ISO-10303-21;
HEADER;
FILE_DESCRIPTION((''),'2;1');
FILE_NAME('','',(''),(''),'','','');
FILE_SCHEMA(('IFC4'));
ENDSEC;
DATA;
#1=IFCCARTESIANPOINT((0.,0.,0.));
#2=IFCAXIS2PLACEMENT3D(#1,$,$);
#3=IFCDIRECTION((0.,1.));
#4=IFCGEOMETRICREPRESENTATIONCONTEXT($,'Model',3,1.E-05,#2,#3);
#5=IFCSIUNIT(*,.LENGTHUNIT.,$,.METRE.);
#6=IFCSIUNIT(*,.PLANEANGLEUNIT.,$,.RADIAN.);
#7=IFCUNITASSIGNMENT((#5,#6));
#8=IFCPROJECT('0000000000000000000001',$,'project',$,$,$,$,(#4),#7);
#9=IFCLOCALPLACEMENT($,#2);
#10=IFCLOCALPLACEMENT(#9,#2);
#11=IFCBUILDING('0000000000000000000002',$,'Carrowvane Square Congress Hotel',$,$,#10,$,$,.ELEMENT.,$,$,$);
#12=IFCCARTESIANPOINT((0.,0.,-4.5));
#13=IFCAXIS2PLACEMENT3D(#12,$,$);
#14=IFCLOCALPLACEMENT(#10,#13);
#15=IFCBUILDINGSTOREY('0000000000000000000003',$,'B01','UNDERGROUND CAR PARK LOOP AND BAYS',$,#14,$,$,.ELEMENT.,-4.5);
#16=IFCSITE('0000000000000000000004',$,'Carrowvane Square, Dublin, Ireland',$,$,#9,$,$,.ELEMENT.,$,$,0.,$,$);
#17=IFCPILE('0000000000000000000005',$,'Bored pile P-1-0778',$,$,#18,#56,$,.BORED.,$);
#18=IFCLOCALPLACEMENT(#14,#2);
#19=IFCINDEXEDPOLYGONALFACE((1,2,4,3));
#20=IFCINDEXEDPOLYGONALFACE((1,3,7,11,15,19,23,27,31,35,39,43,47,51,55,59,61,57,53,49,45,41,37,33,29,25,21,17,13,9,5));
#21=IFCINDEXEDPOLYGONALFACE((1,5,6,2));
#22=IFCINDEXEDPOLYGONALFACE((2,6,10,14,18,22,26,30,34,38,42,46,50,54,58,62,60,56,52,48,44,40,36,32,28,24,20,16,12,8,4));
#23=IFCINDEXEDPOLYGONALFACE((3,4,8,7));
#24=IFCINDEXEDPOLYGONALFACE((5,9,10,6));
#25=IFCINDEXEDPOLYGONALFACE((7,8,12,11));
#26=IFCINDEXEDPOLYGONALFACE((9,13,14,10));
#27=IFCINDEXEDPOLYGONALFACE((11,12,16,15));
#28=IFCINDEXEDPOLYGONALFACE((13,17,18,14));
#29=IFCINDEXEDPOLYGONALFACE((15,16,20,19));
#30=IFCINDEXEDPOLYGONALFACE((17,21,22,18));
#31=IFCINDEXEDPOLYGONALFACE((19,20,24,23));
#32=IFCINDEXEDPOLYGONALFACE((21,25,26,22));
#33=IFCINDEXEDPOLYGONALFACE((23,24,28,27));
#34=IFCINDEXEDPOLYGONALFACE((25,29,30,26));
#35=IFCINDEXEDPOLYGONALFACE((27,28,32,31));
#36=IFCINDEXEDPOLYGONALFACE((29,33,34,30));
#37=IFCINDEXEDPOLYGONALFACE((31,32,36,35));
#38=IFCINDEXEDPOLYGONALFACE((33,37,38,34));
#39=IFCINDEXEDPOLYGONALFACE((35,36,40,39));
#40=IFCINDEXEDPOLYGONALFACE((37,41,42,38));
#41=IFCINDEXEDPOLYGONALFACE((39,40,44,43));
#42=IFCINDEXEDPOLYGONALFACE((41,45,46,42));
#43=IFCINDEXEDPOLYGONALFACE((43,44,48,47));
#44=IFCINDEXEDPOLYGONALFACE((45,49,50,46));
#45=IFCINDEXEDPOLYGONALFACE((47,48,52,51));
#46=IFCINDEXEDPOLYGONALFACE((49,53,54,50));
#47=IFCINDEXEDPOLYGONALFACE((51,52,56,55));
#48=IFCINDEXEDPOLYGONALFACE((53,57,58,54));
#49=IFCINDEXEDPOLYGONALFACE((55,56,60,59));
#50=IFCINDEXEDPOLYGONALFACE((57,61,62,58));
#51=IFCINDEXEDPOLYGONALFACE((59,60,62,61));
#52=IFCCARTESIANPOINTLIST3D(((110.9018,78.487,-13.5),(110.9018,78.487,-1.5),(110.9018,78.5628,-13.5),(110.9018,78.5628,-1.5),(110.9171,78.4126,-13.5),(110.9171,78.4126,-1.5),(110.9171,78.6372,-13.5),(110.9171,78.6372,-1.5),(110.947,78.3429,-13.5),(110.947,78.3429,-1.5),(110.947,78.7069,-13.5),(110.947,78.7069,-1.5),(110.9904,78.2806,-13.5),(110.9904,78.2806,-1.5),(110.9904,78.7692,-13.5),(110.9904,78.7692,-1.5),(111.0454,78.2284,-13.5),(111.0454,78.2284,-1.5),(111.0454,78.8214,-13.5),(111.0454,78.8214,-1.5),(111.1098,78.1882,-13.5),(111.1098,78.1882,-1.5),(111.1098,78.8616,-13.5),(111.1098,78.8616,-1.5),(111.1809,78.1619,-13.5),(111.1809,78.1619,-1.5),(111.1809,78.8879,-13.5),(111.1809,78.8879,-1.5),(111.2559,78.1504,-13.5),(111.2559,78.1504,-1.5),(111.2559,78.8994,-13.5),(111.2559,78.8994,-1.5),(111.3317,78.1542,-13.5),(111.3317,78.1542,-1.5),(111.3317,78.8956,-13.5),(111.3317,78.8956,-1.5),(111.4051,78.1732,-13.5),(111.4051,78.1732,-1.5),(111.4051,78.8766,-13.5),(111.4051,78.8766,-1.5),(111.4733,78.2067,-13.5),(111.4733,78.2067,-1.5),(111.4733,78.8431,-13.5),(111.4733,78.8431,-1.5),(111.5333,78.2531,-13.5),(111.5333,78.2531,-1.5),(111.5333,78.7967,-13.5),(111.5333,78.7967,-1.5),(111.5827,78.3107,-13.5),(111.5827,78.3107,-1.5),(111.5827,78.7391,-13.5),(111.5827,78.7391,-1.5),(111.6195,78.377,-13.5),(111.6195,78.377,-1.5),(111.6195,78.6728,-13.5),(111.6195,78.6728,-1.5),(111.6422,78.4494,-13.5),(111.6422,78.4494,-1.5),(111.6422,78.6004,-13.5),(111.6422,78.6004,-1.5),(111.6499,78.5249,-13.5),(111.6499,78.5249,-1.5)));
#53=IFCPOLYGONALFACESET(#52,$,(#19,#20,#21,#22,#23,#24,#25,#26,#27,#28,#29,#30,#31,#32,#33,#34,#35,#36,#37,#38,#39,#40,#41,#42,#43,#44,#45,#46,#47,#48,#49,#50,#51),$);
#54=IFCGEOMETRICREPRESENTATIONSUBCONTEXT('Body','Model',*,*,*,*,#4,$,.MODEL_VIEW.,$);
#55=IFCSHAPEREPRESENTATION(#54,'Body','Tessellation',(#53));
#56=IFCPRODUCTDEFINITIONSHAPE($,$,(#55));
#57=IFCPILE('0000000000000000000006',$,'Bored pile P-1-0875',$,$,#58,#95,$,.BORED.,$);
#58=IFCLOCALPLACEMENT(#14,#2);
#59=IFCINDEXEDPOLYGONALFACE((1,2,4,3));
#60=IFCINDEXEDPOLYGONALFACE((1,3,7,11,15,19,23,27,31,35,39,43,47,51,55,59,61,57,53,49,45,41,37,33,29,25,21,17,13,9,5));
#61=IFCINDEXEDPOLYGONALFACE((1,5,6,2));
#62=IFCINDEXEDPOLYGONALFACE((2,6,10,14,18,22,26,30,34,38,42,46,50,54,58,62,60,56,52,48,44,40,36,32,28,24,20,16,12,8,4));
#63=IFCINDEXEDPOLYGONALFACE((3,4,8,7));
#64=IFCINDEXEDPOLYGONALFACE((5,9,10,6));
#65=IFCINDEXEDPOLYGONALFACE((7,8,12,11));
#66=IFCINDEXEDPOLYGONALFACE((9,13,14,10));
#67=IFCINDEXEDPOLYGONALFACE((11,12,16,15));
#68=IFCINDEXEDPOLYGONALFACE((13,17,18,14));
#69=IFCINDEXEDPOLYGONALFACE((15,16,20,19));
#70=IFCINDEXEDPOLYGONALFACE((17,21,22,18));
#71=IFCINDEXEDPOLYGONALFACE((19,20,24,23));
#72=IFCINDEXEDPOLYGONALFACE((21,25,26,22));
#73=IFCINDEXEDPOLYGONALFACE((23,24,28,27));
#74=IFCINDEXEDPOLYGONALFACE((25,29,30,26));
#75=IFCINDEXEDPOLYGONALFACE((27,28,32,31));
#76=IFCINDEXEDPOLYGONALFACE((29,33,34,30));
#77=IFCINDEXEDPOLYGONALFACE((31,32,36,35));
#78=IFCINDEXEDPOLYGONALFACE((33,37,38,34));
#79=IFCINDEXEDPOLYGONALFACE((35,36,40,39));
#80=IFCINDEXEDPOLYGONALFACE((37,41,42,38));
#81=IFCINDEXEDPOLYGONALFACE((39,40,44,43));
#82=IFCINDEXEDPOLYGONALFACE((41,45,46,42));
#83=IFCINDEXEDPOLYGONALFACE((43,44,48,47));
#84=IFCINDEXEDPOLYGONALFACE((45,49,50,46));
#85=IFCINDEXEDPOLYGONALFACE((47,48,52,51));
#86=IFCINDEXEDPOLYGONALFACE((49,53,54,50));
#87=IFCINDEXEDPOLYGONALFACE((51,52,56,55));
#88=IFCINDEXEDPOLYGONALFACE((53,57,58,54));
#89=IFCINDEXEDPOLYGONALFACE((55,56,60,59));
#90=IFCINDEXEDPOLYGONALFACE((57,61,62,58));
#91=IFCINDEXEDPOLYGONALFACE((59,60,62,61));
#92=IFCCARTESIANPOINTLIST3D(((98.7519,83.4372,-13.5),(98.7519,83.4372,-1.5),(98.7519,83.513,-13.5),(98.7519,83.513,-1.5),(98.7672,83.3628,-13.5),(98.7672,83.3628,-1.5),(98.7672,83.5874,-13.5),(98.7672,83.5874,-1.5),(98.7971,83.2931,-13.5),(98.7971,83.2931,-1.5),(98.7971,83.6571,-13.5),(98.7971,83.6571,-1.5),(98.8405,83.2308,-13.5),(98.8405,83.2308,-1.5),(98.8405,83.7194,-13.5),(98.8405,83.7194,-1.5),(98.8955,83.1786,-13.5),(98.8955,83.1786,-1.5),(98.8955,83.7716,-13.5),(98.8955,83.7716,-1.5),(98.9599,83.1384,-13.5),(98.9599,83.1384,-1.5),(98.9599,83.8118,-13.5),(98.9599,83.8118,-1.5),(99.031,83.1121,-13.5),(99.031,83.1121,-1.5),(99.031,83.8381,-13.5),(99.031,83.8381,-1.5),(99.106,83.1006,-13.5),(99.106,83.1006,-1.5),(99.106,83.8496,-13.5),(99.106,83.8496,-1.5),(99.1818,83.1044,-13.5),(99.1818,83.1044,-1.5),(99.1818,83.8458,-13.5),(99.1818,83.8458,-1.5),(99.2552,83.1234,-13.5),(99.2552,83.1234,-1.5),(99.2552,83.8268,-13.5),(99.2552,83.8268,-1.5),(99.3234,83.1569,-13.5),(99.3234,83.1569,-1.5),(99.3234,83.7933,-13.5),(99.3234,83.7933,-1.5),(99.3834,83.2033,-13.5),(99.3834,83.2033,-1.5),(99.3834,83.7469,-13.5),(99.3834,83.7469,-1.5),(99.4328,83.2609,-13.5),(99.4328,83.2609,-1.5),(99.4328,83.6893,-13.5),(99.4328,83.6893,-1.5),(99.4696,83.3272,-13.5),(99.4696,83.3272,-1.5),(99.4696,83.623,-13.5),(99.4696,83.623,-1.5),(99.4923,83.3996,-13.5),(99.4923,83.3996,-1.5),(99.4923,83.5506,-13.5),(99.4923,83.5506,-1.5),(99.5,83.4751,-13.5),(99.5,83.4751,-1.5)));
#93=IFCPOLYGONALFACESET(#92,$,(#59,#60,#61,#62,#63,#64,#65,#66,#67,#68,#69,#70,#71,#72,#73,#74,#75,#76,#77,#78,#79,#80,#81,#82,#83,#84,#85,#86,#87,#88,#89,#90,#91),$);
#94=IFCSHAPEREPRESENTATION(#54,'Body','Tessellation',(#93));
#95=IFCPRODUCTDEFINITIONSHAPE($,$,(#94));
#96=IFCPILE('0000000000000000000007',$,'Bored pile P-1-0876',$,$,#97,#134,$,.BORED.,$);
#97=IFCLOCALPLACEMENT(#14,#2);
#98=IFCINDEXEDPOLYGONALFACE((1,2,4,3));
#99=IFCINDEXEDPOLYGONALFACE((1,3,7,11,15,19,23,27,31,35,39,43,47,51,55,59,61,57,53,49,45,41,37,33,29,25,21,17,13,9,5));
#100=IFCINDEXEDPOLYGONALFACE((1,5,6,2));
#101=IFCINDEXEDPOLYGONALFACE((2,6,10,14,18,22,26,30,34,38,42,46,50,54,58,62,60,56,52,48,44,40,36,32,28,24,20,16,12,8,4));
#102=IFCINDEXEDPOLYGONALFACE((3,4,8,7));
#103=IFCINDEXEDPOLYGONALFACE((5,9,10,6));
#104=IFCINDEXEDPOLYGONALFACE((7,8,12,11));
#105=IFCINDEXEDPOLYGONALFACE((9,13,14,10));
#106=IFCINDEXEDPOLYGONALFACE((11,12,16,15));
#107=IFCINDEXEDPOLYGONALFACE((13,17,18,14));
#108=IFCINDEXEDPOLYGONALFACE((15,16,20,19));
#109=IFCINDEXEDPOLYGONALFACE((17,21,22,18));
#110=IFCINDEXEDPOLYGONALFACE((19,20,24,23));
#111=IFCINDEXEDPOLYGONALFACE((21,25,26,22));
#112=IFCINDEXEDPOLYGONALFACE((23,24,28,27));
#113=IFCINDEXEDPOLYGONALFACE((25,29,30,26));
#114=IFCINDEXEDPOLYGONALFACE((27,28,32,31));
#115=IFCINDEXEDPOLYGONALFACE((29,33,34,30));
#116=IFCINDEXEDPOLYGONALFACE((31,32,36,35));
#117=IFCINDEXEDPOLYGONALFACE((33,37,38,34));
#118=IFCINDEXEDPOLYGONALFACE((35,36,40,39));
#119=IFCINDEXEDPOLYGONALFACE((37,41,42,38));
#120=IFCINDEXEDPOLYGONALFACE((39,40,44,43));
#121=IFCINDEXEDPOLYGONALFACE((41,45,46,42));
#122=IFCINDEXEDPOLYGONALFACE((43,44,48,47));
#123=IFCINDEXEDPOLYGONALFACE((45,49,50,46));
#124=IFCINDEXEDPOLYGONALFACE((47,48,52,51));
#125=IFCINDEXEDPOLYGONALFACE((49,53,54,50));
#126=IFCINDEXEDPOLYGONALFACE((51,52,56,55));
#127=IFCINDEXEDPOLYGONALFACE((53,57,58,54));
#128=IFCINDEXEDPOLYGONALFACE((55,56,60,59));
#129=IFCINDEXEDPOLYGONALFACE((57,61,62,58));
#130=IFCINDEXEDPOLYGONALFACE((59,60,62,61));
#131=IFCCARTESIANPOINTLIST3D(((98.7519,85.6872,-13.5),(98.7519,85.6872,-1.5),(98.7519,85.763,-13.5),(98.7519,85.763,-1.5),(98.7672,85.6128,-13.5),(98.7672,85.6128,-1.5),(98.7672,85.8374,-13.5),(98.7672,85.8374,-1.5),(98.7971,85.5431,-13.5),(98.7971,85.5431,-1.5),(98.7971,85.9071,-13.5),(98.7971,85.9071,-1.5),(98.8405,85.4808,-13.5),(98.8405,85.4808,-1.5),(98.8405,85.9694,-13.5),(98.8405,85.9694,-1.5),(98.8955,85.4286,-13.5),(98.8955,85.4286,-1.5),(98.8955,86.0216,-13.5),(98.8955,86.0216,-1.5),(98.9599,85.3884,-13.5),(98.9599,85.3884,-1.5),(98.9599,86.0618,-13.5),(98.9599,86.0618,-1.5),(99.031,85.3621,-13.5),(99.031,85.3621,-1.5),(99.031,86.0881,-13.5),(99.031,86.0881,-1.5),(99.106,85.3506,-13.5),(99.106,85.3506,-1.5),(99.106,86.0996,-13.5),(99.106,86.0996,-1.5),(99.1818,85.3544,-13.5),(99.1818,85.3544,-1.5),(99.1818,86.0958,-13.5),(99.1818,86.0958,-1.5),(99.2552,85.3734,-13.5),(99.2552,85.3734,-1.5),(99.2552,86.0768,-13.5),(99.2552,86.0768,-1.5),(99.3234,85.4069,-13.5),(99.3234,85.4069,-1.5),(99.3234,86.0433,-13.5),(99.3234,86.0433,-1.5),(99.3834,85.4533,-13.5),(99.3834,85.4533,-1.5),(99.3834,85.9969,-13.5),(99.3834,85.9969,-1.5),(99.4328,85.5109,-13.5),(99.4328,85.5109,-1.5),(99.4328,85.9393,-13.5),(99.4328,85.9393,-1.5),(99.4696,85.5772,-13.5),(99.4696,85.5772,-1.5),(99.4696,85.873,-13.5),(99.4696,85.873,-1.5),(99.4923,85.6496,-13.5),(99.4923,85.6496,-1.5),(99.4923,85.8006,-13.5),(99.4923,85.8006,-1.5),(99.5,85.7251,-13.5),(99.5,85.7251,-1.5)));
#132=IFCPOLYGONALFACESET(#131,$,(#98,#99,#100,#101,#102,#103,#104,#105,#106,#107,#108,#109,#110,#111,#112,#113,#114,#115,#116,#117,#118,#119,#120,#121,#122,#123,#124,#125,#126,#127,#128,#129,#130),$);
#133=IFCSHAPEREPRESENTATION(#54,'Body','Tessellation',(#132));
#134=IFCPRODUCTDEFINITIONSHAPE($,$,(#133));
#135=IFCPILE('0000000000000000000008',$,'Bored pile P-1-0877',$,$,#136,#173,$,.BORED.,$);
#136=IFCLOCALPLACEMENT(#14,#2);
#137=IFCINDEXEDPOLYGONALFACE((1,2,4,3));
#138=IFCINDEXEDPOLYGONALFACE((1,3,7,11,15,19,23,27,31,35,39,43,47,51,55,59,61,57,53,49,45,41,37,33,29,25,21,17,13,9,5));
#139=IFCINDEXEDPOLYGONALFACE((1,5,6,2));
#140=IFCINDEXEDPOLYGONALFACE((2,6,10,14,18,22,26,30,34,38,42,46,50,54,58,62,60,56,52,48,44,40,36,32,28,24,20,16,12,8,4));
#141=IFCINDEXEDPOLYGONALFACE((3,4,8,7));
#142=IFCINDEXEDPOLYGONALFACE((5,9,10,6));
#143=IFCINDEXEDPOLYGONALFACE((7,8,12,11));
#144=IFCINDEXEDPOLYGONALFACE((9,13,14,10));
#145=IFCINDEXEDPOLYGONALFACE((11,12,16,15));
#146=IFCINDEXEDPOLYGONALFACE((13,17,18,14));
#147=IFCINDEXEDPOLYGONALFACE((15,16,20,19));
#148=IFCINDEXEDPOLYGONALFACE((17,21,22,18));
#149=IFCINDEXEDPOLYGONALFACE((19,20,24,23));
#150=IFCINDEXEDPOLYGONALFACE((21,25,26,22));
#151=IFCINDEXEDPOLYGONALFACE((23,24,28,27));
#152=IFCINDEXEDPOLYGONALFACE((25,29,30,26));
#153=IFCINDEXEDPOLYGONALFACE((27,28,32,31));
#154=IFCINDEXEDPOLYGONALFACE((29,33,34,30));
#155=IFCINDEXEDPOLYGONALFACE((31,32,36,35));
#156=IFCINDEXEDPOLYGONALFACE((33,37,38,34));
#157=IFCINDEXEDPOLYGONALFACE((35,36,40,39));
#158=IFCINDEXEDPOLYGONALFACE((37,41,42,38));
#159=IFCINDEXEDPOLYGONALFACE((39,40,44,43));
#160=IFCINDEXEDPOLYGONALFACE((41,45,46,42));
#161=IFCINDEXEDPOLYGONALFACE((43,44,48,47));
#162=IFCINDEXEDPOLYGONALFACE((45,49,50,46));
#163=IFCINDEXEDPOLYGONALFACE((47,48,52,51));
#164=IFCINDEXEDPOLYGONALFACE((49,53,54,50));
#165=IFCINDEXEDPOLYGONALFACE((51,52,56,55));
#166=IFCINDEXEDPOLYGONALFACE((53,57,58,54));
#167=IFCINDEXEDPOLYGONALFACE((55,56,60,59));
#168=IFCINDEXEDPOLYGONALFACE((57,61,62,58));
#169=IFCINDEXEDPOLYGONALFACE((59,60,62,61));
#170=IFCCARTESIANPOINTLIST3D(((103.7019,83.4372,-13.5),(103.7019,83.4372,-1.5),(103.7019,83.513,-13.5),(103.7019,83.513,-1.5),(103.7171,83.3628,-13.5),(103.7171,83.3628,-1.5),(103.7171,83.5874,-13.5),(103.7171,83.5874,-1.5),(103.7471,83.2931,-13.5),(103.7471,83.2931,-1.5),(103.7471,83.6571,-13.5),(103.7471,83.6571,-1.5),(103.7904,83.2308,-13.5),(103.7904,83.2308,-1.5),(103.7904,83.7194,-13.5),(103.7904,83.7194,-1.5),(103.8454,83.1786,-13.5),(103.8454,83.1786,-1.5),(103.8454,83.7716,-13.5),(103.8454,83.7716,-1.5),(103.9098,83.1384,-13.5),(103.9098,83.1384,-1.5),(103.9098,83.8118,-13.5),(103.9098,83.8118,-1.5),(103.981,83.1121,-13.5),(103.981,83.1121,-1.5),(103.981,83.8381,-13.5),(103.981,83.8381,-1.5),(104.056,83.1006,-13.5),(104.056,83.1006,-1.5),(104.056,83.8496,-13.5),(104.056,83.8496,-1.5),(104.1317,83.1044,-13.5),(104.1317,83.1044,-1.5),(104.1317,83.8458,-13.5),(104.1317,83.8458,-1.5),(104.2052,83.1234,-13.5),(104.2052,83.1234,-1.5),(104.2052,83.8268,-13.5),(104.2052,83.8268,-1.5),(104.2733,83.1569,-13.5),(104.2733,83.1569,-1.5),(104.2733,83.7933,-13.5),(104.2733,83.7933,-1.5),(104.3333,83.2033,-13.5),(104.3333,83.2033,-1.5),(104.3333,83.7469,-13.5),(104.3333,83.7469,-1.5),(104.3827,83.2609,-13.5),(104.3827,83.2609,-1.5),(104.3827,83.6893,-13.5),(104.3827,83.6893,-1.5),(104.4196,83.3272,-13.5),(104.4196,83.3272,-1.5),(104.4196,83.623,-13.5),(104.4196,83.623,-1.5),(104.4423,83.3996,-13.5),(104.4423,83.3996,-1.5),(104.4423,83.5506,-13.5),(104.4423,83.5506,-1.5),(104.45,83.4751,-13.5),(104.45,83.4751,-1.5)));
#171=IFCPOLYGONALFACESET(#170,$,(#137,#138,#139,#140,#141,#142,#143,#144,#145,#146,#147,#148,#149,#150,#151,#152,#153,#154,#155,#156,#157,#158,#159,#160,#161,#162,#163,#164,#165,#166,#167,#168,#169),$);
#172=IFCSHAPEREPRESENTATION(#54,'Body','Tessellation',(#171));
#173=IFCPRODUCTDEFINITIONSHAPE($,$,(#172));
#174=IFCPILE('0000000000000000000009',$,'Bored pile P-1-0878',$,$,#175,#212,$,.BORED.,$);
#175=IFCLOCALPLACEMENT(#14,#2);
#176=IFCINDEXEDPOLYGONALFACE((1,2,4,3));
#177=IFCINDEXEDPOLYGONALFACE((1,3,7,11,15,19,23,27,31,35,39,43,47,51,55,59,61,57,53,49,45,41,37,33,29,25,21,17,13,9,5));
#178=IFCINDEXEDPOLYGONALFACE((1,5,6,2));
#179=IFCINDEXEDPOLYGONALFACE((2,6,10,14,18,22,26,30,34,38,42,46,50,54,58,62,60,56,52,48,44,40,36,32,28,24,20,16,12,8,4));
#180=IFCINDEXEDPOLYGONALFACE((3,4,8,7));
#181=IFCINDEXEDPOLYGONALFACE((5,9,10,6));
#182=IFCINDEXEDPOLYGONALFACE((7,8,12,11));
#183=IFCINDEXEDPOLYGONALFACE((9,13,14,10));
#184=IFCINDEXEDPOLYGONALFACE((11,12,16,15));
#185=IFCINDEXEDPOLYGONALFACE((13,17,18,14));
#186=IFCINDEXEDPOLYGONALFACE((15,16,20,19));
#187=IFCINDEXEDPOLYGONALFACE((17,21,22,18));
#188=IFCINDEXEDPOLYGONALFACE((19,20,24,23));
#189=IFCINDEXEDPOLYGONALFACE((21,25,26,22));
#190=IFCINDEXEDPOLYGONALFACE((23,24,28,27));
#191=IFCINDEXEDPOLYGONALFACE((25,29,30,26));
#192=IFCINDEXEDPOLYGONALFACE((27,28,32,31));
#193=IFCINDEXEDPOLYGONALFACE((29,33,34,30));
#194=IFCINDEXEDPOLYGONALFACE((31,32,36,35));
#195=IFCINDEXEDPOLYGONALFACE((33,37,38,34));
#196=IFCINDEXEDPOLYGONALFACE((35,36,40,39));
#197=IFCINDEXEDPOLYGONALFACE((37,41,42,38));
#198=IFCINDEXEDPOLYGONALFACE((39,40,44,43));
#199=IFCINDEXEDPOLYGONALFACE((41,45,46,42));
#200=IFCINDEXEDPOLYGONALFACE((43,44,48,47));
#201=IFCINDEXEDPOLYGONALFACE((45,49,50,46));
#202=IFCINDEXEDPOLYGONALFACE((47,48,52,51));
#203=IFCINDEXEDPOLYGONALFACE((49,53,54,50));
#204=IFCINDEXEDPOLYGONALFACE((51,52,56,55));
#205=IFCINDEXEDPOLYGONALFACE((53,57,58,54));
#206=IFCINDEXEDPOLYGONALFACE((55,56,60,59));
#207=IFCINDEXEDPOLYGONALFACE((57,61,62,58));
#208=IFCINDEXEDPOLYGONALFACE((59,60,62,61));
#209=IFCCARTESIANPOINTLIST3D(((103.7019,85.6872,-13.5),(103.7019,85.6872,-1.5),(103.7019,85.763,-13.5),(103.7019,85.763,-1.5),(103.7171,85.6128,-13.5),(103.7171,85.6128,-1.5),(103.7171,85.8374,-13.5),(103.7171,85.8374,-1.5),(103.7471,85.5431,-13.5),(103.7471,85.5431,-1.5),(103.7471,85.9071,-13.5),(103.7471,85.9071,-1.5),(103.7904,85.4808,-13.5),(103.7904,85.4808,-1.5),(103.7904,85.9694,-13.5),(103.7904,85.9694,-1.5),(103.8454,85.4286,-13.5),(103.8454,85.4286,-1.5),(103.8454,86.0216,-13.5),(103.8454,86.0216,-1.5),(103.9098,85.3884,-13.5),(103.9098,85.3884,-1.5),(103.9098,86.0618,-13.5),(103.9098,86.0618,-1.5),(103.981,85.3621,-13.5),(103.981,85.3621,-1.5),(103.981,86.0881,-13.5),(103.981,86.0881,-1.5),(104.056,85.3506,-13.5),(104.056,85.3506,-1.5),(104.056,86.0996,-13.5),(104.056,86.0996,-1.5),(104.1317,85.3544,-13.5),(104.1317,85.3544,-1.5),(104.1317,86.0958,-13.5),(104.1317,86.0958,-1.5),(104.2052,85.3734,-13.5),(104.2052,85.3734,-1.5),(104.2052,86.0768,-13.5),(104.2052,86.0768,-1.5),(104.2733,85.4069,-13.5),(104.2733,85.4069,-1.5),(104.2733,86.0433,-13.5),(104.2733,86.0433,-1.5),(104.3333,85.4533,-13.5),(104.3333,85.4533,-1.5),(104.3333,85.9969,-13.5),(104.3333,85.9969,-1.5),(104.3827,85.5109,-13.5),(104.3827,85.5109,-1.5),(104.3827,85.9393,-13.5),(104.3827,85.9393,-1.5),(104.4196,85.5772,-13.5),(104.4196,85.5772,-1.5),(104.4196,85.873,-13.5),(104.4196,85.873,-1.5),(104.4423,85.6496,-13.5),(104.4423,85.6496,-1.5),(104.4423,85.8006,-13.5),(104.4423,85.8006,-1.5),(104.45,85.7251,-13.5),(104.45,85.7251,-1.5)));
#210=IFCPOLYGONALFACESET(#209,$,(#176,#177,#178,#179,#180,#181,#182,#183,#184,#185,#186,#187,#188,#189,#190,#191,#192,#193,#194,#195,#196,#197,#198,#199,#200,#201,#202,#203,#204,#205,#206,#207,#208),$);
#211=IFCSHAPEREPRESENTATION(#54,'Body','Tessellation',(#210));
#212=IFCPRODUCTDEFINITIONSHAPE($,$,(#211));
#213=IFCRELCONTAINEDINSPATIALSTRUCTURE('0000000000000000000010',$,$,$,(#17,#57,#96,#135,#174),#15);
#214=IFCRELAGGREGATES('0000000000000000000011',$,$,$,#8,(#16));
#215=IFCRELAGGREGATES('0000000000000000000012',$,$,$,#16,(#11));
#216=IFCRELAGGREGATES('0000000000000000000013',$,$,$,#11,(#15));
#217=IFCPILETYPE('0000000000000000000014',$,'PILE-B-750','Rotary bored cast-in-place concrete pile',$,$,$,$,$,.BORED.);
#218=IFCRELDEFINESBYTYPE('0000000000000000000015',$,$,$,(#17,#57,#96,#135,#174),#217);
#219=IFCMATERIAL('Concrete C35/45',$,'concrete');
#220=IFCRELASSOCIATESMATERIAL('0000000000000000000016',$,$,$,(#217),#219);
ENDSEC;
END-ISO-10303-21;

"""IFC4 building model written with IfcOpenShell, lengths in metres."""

from ifc_helpers import new_model, si_unit, direction, frame, origin, origin_2d, place, context, subcontext, project, spatial, circle, extrude, material, material_profile, profile_set, type_object, element, save


model = new_model("IFC4")

# Units and contexts
model_context = context("Model", 3, precision=1e-05, world=origin(), true_north=direction((0.0, 1.0)))
body_context = subcontext(model_context, "Body", "Model", "MODEL_VIEW")
ifc_project = project(units=[si_unit("LENGTHUNIT", "METRE"), si_unit("PLANEANGLEUNIT", "RADIAN")], contexts=[model_context])

# Site, building, storey
site_placement = place(None, origin())
site = spatial("IfcSite", under=ifc_project, at=site_placement, Name="Carrowvane Square, Dublin, Ireland", CompositionType="ELEMENT", RefElevation=0.0)
building_placement = place(site_placement, origin())
building = spatial("IfcBuilding", under=site, at=building_placement, Name="Carrowvane Square Congress Hotel", CompositionType="ELEMENT")
storey_placement = place(building_placement, frame((0.0, 0.0, -4.5)))
storey = spatial("IfcBuildingStorey", under=building, at=storey_placement, Name="B01", Description="UNDERGROUND CAR PARK LOOP AND BAYS", CompositionType="ELEMENT", Elevation=-4.5)

# Piles
ifc_material_1 = material(Name="Concrete C35/45", Category="concrete")
ifc_material_profile_1 = material_profile(ifc_material_1, circle(Radius=0.375, at=origin_2d()), Name="PILE D750")
ifc_profile_set_1 = profile_set([ifc_material_profile_1], Name="Concrete C35/45")
pile_type_1 = type_object("IfcPileType", Name="PILE-B-750", Description="Rotary bored cast-in-place concrete pile", PredefinedType="BORED", material=ifc_profile_set_1)
for number, where, z_axis, x_axis, name in (
    (1, (111.2749, 78.5249, -1.5), (0.0, 0.0, -1.0), (1.0, 0.0, 0.0), "Bored pile P-1-0778"),
    (2, (99.125, 83.4751, -1.5), (0.0, 0.0, -1.0), (1.0, 0.0, 0.0), "Bored pile P-1-0875"),
    (3, (99.125, 85.7251, -1.5), (0.0, 0.0, -1.0), (1.0, 0.0, 0.0), "Bored pile P-1-0876"),
    (4, (104.075, 83.4751, -1.5), (0.0, 0.0, -1.0), (1.0, 0.0, 0.0), "Bored pile P-1-0877"),
    (5, (104.075, 85.7251, -1.5), (0.0, 0.0, -1.0), (1.0, 0.0, 0.0), "Bored pile P-1-0878"),
):
    element("IfcPile", number, at=place(storey_placement, frame(where, z_axis=z_axis, x_axis=x_axis)), inside=storey, type_object=pile_type_1, Name=name, PredefinedType="BORED", context=body_context, shape_type="SweptSolid", body=[
        extrude(circle(Radius=0.375, at=origin_2d()), origin(), (0.0, 0.0, 1.0), 12.0),
    ])

save(model, "model.ifc")
